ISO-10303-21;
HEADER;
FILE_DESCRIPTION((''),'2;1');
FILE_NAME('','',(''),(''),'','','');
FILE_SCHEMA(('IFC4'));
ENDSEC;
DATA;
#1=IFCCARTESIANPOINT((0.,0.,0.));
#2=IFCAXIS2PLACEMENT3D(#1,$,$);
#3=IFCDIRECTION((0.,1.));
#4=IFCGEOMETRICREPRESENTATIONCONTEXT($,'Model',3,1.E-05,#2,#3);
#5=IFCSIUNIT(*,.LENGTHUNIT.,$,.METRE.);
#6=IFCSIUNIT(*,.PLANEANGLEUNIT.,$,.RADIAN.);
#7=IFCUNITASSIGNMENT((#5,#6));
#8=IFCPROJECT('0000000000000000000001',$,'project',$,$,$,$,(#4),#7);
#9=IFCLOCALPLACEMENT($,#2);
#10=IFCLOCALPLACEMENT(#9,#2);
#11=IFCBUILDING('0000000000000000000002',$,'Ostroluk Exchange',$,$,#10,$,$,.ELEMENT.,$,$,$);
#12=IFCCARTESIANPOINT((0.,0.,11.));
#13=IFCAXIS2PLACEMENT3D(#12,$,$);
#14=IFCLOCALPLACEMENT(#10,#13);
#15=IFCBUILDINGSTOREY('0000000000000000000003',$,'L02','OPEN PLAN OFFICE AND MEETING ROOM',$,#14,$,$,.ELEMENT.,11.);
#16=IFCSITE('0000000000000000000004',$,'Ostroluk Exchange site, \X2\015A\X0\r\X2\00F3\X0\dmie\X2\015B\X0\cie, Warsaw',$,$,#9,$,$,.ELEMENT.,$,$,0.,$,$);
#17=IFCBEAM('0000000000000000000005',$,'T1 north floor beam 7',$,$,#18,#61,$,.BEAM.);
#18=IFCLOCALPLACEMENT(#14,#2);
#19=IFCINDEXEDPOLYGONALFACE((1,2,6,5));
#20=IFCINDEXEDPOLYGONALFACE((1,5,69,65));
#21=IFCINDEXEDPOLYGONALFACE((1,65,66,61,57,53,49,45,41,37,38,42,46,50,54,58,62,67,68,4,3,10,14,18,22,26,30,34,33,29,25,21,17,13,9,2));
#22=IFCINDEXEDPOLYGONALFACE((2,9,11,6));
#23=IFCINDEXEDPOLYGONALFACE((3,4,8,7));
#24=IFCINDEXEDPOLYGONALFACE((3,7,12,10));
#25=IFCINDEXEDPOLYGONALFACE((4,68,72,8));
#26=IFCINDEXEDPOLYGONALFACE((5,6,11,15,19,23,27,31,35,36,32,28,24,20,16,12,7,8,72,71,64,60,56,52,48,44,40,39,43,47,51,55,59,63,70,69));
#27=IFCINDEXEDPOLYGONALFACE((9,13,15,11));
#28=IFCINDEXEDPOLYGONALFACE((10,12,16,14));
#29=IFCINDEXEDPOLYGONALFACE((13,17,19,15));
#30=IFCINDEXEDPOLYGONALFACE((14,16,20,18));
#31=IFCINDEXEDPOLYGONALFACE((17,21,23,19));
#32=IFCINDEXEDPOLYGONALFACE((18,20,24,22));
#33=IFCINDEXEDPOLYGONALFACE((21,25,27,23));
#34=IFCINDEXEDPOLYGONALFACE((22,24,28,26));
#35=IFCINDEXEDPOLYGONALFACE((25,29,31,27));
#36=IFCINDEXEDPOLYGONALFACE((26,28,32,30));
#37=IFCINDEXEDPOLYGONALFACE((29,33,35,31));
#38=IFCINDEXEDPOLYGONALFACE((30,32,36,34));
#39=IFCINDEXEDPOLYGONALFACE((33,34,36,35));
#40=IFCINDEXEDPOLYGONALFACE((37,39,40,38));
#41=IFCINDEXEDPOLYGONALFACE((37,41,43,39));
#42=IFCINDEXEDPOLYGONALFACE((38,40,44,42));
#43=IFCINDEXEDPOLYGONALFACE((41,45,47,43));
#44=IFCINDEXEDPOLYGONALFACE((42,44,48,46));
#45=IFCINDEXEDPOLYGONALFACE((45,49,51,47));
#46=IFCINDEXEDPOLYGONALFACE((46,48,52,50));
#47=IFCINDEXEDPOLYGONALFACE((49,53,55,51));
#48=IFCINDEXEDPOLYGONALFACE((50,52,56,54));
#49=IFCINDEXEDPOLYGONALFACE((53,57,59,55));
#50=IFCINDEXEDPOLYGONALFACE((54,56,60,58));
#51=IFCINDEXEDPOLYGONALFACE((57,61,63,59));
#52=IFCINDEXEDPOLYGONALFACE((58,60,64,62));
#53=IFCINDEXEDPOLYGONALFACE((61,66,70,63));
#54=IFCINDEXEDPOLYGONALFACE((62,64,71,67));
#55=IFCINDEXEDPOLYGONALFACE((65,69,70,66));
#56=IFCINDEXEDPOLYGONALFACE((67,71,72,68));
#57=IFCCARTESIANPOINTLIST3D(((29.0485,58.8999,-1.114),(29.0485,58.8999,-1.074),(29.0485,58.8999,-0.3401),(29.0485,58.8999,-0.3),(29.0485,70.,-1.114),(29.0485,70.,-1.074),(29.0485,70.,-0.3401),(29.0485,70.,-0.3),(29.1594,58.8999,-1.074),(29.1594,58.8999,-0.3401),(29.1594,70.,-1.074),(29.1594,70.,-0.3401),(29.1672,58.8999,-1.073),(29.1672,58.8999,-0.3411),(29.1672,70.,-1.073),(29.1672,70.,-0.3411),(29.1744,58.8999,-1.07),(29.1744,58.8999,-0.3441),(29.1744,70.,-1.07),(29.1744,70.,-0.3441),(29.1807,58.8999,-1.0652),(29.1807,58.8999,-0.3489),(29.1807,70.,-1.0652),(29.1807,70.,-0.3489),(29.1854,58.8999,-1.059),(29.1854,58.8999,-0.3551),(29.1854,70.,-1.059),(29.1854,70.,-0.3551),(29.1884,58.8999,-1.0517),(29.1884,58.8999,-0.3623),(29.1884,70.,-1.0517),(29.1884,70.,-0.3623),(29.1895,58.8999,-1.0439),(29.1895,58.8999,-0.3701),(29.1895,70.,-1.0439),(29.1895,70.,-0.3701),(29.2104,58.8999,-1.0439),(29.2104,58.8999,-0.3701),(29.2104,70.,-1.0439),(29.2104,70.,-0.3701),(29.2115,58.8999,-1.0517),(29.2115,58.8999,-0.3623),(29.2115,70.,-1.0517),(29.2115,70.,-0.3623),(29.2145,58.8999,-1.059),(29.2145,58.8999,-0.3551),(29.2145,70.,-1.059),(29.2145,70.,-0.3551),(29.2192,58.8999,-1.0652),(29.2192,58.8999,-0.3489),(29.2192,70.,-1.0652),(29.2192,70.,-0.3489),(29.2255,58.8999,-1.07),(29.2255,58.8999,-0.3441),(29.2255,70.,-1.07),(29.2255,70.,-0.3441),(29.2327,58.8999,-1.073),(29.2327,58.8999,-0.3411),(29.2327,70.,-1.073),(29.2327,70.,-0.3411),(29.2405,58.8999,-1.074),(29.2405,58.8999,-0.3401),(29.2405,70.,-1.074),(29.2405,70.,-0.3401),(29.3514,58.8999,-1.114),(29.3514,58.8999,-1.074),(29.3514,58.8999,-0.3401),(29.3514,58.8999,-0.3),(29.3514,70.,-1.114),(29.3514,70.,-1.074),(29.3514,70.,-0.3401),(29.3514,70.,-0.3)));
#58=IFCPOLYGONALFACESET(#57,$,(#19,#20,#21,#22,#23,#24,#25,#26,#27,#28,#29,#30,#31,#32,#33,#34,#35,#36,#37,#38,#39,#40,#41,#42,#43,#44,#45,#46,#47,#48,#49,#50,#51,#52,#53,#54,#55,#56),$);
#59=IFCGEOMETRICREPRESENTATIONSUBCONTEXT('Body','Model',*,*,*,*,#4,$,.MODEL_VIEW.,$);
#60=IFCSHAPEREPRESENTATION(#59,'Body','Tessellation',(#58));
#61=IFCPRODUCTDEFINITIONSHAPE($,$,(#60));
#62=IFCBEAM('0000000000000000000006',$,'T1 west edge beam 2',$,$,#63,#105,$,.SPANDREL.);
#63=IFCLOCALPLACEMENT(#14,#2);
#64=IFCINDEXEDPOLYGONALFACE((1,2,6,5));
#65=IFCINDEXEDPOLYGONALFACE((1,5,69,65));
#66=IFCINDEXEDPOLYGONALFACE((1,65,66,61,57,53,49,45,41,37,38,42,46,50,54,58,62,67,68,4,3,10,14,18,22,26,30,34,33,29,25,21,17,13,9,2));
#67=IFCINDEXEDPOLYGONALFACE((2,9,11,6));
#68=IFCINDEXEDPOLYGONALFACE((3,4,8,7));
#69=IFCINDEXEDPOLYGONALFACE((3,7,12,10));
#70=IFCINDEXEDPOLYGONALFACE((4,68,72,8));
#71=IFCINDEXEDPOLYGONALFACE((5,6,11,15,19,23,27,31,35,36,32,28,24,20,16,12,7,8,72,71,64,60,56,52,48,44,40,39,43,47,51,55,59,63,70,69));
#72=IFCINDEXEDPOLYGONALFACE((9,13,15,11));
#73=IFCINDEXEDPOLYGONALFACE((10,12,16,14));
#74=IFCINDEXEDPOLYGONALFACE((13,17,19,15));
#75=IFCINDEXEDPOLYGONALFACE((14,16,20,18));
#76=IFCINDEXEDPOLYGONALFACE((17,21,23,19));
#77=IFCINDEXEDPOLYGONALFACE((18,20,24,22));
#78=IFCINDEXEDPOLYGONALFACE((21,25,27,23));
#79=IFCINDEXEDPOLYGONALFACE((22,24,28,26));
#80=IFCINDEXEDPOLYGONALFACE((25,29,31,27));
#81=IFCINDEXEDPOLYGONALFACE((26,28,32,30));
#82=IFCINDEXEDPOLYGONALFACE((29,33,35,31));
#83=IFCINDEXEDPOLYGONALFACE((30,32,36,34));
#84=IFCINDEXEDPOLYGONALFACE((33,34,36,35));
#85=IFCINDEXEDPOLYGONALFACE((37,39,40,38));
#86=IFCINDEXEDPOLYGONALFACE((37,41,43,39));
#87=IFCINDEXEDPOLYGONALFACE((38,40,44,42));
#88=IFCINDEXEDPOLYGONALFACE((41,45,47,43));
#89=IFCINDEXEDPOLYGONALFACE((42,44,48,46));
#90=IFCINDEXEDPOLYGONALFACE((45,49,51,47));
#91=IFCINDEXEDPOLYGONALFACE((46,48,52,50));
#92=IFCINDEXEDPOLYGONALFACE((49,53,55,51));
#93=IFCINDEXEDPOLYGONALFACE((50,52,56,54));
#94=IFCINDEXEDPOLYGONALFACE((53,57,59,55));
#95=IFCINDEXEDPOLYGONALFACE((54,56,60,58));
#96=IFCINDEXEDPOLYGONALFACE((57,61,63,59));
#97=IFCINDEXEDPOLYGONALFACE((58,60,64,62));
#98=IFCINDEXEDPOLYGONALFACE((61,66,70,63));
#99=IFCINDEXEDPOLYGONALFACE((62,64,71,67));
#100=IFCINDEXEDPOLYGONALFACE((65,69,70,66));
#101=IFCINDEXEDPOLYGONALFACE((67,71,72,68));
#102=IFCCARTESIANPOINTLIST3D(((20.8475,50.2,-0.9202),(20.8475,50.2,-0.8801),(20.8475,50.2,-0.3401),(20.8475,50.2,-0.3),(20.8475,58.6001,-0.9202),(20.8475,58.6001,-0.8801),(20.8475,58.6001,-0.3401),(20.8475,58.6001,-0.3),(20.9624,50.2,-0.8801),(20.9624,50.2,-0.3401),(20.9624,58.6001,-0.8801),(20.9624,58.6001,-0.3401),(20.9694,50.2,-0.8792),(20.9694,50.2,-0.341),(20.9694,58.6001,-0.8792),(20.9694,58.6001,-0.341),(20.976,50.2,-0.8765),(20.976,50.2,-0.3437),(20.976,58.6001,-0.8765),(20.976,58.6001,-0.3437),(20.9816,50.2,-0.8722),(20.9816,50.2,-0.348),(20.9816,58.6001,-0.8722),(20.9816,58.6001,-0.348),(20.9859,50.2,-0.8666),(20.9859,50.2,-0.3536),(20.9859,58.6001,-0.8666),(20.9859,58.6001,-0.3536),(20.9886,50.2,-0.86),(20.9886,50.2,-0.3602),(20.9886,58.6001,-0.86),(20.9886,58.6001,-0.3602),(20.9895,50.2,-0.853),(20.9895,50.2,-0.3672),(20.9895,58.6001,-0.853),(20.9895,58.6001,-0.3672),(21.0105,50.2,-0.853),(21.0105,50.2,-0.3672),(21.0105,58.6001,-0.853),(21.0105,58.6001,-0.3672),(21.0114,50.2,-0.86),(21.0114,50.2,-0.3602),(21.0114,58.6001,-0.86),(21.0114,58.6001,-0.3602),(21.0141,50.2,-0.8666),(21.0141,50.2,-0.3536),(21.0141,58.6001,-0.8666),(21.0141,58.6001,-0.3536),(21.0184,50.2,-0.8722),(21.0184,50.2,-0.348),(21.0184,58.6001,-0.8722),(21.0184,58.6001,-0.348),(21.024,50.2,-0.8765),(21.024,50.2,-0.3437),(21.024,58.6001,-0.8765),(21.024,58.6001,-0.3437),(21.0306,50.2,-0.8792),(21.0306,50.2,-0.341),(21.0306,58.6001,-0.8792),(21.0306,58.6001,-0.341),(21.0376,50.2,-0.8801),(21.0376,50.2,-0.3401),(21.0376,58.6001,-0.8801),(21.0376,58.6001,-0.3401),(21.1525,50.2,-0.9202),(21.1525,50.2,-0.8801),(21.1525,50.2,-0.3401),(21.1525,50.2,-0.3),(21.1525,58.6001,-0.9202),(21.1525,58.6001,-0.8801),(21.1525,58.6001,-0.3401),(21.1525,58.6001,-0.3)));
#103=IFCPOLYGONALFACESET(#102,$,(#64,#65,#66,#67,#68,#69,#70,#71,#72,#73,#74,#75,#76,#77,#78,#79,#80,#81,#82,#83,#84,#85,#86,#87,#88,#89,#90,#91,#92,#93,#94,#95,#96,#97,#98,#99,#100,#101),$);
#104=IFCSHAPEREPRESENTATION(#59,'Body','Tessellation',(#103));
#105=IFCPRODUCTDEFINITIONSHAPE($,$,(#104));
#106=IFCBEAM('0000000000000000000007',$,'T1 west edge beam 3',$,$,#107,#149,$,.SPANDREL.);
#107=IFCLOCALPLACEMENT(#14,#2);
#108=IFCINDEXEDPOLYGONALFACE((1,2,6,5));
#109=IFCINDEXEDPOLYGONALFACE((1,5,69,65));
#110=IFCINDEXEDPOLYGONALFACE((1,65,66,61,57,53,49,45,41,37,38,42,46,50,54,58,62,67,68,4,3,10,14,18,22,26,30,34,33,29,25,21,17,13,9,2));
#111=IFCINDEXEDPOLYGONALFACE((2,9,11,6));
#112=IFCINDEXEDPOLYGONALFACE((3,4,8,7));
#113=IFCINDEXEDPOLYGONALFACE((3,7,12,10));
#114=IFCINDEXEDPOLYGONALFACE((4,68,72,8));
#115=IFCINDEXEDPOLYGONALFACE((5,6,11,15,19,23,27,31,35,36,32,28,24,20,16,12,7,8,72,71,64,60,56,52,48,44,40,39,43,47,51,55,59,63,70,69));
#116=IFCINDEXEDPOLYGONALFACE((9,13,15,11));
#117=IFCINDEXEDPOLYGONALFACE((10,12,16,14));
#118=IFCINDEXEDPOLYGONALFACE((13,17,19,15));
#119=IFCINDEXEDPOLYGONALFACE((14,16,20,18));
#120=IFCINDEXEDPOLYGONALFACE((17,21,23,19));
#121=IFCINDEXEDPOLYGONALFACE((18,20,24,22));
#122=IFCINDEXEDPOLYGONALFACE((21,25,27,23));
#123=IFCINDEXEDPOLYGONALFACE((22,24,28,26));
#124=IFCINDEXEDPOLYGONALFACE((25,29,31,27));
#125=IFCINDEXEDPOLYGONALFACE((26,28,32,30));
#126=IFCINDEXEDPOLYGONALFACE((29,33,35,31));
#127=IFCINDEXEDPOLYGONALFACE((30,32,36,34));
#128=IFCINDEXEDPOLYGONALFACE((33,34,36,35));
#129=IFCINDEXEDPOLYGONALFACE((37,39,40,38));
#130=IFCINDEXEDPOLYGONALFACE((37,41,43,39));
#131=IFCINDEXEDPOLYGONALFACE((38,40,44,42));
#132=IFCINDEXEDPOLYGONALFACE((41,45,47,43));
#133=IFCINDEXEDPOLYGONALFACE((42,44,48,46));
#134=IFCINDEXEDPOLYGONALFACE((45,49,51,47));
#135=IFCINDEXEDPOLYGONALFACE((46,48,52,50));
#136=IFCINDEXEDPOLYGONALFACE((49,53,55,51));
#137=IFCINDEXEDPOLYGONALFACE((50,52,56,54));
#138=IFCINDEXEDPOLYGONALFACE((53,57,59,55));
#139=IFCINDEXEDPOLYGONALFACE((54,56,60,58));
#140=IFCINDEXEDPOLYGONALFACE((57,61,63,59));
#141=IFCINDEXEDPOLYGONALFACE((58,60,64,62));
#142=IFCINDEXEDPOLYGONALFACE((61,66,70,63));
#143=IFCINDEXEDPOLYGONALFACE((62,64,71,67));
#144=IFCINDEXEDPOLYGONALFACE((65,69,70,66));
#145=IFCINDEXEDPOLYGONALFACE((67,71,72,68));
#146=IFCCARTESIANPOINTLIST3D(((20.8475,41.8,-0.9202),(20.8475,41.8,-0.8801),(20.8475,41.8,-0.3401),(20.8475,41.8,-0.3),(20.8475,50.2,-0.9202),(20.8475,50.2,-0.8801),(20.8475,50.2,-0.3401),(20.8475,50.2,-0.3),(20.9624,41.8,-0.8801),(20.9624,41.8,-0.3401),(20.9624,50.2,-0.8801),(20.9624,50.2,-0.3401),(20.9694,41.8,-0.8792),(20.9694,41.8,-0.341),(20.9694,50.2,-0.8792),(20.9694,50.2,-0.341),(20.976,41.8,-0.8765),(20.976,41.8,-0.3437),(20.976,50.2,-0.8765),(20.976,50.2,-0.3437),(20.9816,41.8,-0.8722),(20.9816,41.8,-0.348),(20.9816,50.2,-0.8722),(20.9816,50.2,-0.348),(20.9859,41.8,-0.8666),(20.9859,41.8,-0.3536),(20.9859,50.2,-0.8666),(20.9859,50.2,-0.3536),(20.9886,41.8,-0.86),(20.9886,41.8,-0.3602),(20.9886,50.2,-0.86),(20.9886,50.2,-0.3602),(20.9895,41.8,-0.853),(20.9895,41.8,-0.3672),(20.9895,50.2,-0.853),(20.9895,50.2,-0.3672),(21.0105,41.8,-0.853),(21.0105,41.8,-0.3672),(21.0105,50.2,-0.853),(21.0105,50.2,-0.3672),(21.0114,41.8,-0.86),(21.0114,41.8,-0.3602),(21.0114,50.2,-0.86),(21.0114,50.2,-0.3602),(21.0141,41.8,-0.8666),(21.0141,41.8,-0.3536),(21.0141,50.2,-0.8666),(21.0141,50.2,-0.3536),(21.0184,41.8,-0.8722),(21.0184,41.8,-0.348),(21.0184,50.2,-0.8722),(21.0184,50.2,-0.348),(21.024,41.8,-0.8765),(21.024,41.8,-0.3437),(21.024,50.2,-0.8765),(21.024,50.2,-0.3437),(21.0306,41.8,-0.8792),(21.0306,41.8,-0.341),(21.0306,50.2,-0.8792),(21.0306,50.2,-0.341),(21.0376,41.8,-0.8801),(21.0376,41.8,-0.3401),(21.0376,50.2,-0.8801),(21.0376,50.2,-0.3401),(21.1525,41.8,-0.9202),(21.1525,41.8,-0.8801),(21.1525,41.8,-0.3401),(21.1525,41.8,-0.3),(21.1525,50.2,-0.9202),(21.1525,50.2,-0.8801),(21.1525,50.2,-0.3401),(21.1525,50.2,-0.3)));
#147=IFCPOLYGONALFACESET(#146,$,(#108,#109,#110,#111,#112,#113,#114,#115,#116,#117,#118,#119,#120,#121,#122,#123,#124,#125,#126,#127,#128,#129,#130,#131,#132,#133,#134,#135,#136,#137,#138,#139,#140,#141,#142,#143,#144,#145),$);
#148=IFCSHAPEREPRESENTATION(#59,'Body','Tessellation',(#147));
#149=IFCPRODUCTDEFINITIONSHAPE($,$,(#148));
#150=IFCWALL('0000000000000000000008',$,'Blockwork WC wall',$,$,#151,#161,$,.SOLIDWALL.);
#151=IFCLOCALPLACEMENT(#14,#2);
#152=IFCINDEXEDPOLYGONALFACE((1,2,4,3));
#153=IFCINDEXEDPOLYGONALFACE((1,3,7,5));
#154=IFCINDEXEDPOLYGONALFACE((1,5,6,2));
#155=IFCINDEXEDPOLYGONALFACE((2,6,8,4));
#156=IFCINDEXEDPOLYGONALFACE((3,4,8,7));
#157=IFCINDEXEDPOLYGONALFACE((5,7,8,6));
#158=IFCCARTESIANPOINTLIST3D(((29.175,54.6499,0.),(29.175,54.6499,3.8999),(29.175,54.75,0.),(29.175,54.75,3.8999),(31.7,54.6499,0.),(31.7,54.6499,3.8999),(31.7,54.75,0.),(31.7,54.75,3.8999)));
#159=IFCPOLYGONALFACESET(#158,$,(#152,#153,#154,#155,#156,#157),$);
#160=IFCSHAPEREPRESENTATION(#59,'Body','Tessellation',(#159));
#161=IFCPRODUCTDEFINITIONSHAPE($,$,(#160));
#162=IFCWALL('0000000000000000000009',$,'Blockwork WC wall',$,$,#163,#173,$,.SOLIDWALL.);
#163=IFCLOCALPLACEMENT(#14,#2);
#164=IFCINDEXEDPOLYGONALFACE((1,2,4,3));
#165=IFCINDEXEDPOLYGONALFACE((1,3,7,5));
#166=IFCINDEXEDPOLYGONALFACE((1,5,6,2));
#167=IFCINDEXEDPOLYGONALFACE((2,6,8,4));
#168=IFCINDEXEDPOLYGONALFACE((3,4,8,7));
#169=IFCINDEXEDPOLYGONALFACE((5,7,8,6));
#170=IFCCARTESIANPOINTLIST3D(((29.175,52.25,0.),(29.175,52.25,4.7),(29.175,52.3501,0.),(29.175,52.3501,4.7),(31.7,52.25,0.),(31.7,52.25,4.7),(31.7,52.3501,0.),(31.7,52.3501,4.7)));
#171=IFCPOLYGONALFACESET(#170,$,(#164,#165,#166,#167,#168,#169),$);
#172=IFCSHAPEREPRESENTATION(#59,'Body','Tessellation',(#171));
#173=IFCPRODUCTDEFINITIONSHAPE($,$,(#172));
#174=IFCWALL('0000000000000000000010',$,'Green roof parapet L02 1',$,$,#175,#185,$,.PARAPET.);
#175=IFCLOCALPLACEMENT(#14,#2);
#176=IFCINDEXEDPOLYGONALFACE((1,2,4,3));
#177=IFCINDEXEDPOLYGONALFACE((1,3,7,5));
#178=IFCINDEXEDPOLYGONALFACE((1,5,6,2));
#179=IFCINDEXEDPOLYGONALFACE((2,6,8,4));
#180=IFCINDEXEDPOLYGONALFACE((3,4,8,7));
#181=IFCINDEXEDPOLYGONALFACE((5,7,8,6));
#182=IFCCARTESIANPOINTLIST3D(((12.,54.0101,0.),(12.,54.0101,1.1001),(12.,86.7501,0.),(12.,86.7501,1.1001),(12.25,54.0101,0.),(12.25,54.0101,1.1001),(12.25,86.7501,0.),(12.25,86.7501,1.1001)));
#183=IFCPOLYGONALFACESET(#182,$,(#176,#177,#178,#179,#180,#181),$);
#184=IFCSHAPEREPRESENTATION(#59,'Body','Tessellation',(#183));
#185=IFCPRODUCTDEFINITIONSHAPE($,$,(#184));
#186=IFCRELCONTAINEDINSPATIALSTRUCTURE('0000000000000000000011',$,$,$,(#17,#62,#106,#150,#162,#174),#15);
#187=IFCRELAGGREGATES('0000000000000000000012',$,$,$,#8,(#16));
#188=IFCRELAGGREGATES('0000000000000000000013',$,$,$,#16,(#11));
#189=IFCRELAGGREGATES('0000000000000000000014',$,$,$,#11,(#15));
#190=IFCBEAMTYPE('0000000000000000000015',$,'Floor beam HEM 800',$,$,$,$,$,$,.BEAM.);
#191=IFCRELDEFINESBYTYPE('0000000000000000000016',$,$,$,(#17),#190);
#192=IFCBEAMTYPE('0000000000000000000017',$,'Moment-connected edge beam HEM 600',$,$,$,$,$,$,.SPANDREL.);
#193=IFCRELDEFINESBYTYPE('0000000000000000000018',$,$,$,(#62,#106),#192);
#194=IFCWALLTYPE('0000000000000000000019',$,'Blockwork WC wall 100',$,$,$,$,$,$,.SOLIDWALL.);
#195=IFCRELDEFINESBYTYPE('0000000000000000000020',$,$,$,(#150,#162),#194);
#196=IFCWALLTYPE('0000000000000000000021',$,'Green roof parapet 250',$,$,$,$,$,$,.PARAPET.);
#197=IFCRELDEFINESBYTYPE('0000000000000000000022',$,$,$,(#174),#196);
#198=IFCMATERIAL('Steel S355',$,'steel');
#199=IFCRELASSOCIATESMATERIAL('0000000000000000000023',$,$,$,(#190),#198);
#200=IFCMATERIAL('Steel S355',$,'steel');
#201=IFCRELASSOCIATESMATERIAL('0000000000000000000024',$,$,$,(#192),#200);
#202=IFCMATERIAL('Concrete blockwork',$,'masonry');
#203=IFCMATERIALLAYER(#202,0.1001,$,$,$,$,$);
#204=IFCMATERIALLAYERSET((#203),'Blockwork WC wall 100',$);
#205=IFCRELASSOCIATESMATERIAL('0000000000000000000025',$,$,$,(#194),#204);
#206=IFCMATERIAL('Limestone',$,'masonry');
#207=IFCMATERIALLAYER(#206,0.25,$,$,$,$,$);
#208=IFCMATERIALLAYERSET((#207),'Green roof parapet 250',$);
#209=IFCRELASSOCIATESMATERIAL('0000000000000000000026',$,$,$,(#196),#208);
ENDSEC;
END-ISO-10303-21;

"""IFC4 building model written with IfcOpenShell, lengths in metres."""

from ifc_helpers import new_model, si_unit, direction, frame, frame_2d, origin, origin_2d, place, context, subcontext, project, spatial, rectangle, i_section, extrude, material, layer, layer_set, material_profile, profile_set, type_object, element, save


model = new_model("IFC4")

# Units and contexts
model_context = context("Model", 3, precision=1e-05, world=origin(), true_north=direction((0.0, 1.0)))
body_context = subcontext(model_context, "Body", "Model", "MODEL_VIEW")
ifc_project = project(units=[si_unit("LENGTHUNIT", "METRE"), si_unit("PLANEANGLEUNIT", "RADIAN")], contexts=[model_context])

# Site, building, storey
site_placement = place(None, origin())
site = spatial("IfcSite", under=ifc_project, at=site_placement, Name="Ostroluk Exchange site, Śródmieście, Warsaw", CompositionType="ELEMENT", RefElevation=0.0)
building_placement = place(site_placement, origin())
building = spatial("IfcBuilding", under=site, at=building_placement, Name="Ostroluk Exchange", CompositionType="ELEMENT")
storey_placement = place(building_placement, frame((0.0, 0.0, 11.0)))
storey = spatial("IfcBuildingStorey", under=building, at=storey_placement, Name="L02", Description="OPEN PLAN OFFICE AND MEETING ROOM", CompositionType="ELEMENT", Elevation=11.0)

# Beams
ifc_material_1 = material(Name="Steel S355", Category="steel")
ifc_material_profile_1 = material_profile(ifc_material_1, i_section(OverallWidth=0.303, OverallDepth=0.814, WebThickness=0.021, FlangeThickness=0.04, FilletRadius=0.03, at=origin_2d()), Name="HEM 800")
ifc_profile_set_1 = profile_set([ifc_material_profile_1], Name="Steel S355")
beam_type_1 = type_object("IfcBeamType", Name="Floor beam HEM 800", PredefinedType="BEAM", material=ifc_profile_set_1)
beam_1_placement = place(storey_placement, frame((29.2, 58.8999, -0.707), z_axis=(0.0, 1.0, 0.0), x_axis=(-1.0, 0.0, 0.0)))
element("IfcBeam", 1, at=beam_1_placement, inside=storey, type_object=beam_type_1, Name="T1 north floor beam 7", PredefinedType="BEAM", context=body_context, shape_type="SweptSolid", body=[
    extrude(i_section(OverallWidth=0.303, OverallDepth=0.814, WebThickness=0.021, FlangeThickness=0.04, FilletRadius=0.03, at=origin_2d()), origin(), (0.0, 0.0, 1.0), 11.1001),
])
ifc_material_2 = material(Name="Steel S355", Category="steel")
ifc_material_profile_2 = material_profile(ifc_material_2, i_section(OverallWidth=0.3049, OverallDepth=0.6201, WebThickness=0.021, FlangeThickness=0.04, FilletRadius=0.0271, at=origin_2d()), Name="HEM 600")
ifc_profile_set_2 = profile_set([ifc_material_profile_2], Name="Steel S355")
beam_type_2 = type_object("IfcBeamType", Name="Moment-connected edge beam HEM 600", PredefinedType="SPANDREL", material=ifc_profile_set_2)
beam_2_placement = place(storey_placement, frame((21.0, 58.6001, -0.6101), z_axis=(0.0, -1.0, 0.0), x_axis=(1.0, 0.0, 0.0)))
element("IfcBeam", 2, at=beam_2_placement, inside=storey, type_object=beam_type_2, Name="T1 west edge beam 2", PredefinedType="SPANDREL", context=body_context, shape_type="SweptSolid", body=[
    extrude(i_section(OverallWidth=0.3049, OverallDepth=0.6201, WebThickness=0.021, FlangeThickness=0.04, FilletRadius=0.0271, at=origin_2d()), origin(), (0.0, 0.0, 1.0), 8.4001),
])
beam_3_placement = place(storey_placement, frame((21.0, 50.2, -0.6101), z_axis=(0.0, -1.0, 0.0), x_axis=(1.0, 0.0, 0.0)))
element("IfcBeam", 3, at=beam_3_placement, inside=storey, type_object=beam_type_2, Name="T1 west edge beam 3", PredefinedType="SPANDREL", context=body_context, shape_type="SweptSolid", body=[
    extrude(i_section(OverallWidth=0.3049, OverallDepth=0.6201, WebThickness=0.021, FlangeThickness=0.04, FilletRadius=0.0271, at=origin_2d()), origin(), (0.0, 0.0, 1.0), 8.3999),
])

# Walls
ifc_material_3 = material(Name="Concrete blockwork", Category="masonry")
ifc_layer_1 = layer(ifc_material_3, 0.1001)
ifc_layer_set_1 = layer_set([ifc_layer_1], Name="Blockwork WC wall 100")
wall_type_1 = type_object("IfcWallType", Name="Blockwork WC wall 100", PredefinedType="SOLIDWALL", material=ifc_layer_set_1)
wall_1_placement = place(storey_placement, frame((29.175, 54.7, 0.0), z_axis=(0.0, 0.0, 1.0), x_axis=(1.0, 0.0, 0.0)))
element("IfcWall", 4, at=wall_1_placement, inside=storey, type_object=wall_type_1, Name="Blockwork WC wall", PredefinedType="SOLIDWALL", context=body_context, shape_type="SweptSolid", body=[
    extrude(rectangle(XDim=2.5249, YDim=0.1001, at=frame_2d((1.2625, 0.0))), origin(), (0.0, 0.0, 1.0), 3.8999),
])
wall_2_placement = place(storey_placement, frame((29.175, 52.3, 0.0), z_axis=(0.0, 0.0, 1.0), x_axis=(1.0, 0.0, 0.0)))
element("IfcWall", 5, at=wall_2_placement, inside=storey, type_object=wall_type_1, Name="Blockwork WC wall", PredefinedType="SOLIDWALL", context=body_context, shape_type="SweptSolid", body=[
    extrude(rectangle(XDim=2.5249, YDim=0.1001, at=frame_2d((1.2625, 0.0))), origin(), (0.0, 0.0, 1.0), 4.7),
])
ifc_material_4 = material(Name="Limestone", Category="masonry")
ifc_layer_2 = layer(ifc_material_4, 0.25)
ifc_layer_set_2 = layer_set([ifc_layer_2], Name="Green roof parapet 250")
wall_type_2 = type_object("IfcWallType", Name="Green roof parapet 250", PredefinedType="PARAPET", material=ifc_layer_set_2)
wall_3_placement = place(storey_placement, frame((12.125, 54.01, 0.0), z_axis=(0.0, 0.0, 1.0), x_axis=(0.0, 1.0, 0.0)))
element("IfcWall", 6, at=wall_3_placement, inside=storey, type_object=wall_type_2, Name="Green roof parapet L02 1", PredefinedType="PARAPET", context=body_context, shape_type="SweptSolid", body=[
    extrude(rectangle(XDim=32.74, YDim=0.25, at=frame_2d((16.3701, 0.0))), origin(), (0.0, 0.0, 1.0), 1.1001),
])

save(model, "model.ifc")
